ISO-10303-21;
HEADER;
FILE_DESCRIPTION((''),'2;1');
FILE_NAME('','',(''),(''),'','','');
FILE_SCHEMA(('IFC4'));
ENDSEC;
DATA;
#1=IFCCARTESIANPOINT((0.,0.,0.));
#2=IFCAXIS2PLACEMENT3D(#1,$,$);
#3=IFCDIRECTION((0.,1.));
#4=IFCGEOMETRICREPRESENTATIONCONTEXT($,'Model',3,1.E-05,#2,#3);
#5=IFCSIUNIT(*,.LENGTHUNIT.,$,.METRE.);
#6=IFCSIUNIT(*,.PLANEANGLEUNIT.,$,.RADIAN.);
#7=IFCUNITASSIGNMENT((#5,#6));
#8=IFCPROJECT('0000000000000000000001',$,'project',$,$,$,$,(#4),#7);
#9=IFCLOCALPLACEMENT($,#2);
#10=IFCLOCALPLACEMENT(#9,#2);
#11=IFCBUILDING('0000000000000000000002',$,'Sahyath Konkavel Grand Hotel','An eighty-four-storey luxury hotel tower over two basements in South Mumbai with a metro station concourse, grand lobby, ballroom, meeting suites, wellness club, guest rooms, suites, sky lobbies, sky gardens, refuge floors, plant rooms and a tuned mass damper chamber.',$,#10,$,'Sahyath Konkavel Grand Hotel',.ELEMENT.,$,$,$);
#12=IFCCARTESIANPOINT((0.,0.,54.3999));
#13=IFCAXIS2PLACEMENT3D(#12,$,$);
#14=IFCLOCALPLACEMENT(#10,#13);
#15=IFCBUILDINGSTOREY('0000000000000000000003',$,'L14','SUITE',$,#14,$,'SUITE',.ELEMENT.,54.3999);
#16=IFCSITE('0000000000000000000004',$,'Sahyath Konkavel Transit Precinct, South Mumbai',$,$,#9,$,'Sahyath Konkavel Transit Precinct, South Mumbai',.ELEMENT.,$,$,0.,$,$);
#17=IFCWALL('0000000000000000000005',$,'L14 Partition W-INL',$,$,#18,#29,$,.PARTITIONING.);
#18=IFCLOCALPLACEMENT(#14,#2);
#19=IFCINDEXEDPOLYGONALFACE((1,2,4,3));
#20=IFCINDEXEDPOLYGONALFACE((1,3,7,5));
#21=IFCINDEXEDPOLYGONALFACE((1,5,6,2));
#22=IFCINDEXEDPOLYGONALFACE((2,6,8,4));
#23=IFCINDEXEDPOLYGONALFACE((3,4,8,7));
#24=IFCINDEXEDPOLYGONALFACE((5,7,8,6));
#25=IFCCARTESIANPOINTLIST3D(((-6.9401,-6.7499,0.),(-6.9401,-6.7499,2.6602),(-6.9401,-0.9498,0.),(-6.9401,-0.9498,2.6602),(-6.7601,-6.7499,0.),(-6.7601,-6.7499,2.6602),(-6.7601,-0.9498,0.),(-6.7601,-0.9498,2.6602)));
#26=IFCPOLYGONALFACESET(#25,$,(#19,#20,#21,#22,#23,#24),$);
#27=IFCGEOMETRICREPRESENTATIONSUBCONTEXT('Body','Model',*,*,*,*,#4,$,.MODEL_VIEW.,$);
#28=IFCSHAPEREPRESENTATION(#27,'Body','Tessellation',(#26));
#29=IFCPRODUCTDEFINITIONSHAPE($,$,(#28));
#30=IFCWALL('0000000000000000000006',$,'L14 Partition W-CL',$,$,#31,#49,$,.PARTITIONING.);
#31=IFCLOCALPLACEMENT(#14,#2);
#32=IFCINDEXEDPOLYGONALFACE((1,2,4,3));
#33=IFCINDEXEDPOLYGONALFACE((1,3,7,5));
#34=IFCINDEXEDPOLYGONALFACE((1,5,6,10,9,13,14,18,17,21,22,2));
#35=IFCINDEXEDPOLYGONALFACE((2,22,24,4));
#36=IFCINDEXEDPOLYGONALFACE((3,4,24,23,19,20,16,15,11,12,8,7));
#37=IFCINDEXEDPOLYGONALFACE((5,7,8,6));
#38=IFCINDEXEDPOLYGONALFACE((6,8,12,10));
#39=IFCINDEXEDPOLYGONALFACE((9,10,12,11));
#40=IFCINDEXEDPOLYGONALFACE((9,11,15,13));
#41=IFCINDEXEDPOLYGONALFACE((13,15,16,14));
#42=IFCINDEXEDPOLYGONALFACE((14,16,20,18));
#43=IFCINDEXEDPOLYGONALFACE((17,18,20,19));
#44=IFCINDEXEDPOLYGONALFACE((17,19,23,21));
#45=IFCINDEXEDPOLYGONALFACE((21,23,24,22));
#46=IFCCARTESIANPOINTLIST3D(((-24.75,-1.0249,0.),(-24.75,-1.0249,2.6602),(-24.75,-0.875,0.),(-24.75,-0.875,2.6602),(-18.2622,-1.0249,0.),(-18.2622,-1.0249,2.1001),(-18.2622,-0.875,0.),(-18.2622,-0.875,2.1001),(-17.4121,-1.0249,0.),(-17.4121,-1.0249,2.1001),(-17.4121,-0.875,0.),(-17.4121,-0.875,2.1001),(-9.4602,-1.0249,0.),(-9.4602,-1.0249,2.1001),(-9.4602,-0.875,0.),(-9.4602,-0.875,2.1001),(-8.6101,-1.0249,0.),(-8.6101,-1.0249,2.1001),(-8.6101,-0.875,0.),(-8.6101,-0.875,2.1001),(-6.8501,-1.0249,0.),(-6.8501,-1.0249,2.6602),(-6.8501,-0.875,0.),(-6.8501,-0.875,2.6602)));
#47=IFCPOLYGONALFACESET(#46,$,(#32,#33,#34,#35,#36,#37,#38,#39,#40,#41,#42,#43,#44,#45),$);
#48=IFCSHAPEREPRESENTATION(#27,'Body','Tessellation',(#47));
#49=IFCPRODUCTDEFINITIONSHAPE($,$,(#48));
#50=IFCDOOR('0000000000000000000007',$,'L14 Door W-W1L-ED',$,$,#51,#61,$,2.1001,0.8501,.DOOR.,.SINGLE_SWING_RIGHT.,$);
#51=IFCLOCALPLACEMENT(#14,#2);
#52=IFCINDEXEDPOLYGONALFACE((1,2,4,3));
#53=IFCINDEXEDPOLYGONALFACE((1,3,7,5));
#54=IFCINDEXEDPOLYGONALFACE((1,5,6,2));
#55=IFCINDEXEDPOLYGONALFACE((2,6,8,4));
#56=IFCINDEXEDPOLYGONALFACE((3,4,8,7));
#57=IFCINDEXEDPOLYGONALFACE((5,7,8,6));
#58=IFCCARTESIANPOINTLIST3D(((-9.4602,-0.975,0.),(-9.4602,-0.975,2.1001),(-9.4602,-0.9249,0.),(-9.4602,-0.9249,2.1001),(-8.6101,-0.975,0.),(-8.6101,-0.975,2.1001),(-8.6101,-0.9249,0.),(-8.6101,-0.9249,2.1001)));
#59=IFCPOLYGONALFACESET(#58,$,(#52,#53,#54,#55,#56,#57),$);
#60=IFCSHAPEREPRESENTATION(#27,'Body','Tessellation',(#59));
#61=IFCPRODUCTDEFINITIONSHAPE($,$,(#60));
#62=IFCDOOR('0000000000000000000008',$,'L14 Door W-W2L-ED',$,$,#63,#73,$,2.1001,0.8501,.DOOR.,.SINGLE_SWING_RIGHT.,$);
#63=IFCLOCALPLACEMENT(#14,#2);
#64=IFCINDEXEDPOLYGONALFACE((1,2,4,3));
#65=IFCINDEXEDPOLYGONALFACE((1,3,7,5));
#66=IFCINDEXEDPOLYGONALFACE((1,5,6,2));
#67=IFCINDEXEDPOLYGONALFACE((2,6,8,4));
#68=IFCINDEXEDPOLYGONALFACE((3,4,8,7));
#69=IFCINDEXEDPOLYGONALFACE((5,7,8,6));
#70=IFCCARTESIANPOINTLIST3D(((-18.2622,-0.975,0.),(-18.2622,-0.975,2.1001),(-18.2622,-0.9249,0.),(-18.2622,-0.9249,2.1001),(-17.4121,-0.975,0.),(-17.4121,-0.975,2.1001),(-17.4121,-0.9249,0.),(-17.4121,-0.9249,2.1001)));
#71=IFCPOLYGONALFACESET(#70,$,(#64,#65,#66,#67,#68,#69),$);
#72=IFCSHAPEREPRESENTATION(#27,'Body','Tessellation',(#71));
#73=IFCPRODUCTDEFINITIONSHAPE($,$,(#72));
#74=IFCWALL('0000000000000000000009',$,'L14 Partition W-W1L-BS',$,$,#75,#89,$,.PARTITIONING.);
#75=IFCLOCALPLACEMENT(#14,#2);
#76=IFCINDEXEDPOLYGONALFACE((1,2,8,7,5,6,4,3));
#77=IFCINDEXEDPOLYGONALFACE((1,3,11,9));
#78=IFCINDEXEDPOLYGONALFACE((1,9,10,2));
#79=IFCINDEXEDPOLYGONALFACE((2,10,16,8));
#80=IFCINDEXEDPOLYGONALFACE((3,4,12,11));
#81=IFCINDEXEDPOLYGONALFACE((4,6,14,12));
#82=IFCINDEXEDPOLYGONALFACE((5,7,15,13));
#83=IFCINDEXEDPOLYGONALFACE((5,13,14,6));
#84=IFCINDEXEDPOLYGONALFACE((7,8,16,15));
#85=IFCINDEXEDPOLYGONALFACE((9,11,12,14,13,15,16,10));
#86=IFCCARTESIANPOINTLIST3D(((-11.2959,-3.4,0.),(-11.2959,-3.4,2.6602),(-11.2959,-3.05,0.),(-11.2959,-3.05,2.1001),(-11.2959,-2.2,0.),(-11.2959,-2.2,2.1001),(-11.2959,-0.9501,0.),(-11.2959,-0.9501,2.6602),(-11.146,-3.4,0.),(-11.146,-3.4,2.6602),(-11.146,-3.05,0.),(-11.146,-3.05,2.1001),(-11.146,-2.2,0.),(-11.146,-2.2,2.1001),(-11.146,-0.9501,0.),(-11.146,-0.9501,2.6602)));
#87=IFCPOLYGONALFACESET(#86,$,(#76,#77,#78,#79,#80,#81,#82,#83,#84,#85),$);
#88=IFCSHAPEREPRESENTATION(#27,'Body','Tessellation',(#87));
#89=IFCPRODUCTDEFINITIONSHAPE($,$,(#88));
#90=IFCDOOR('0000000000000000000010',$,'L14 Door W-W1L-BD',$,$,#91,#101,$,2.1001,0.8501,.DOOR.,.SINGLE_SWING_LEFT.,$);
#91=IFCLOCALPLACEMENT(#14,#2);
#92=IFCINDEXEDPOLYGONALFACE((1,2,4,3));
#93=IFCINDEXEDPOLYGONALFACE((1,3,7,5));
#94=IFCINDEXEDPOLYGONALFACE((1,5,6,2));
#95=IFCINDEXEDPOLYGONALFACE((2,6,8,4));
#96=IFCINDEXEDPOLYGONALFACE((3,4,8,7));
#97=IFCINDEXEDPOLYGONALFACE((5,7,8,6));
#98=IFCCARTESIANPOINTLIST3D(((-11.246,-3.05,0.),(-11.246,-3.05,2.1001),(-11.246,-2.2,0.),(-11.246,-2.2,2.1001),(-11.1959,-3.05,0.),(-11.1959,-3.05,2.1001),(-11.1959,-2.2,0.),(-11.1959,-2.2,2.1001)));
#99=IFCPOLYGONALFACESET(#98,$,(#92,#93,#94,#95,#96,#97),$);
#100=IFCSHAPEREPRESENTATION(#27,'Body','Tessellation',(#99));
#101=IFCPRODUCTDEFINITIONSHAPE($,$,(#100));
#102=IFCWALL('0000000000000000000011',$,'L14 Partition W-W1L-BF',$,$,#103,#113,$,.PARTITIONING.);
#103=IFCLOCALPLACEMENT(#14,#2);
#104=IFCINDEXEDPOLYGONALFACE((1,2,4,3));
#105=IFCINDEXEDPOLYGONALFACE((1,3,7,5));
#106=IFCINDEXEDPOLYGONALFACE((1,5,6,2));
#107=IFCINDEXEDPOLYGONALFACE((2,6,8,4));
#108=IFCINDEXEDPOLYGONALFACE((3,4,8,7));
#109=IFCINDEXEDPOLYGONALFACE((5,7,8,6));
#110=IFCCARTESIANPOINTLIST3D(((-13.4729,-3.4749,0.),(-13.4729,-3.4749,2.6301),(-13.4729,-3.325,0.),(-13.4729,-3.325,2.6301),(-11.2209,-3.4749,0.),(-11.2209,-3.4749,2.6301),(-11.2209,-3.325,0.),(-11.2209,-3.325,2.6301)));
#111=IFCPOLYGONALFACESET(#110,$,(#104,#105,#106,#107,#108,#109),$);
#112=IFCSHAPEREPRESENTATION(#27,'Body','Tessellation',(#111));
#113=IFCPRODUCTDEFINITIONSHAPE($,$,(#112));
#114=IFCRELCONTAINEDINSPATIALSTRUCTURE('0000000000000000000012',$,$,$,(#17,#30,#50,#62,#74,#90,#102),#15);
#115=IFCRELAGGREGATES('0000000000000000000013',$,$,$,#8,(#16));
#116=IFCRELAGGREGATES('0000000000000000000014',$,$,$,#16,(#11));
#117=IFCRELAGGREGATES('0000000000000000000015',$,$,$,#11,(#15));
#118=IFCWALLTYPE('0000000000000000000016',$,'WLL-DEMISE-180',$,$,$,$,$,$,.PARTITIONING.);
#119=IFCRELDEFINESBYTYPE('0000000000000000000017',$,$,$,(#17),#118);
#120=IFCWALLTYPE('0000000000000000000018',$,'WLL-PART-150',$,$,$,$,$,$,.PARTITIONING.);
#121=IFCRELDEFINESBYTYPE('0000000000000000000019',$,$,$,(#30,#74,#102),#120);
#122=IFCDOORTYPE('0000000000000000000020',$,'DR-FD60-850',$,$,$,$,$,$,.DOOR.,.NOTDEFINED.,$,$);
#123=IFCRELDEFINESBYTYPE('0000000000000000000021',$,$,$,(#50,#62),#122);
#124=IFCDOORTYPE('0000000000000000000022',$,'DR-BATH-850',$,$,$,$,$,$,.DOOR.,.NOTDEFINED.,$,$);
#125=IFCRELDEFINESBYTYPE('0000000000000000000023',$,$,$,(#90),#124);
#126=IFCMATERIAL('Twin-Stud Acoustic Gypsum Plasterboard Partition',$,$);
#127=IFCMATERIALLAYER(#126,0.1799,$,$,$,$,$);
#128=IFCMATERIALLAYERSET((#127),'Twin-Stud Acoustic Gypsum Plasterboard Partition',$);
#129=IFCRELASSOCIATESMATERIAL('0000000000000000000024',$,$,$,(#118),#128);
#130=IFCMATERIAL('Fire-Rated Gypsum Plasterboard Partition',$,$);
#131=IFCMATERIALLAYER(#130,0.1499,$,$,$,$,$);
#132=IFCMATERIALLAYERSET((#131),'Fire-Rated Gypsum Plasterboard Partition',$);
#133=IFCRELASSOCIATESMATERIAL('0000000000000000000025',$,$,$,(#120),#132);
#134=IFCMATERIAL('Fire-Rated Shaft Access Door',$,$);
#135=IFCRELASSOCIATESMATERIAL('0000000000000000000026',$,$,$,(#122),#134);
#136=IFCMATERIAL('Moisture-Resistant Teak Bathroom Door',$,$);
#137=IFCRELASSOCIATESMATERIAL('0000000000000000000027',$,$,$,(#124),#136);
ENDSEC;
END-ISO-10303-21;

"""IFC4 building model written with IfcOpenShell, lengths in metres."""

from ifc_helpers import new_model, si_unit, direction, frame, frame_2d, origin, origin_2d, place, context, subcontext, project, spatial, rectangle, extrude, source, transform, mapped, material, layer, layer_set, type_object, element, fill, save


model = new_model("IFC4")

# Units and contexts
model_context = context("Model", 3, precision=1e-05, world=origin(), true_north=direction((0.0, 1.0)))
body_context = subcontext(model_context, "Body", "Model", "MODEL_VIEW")
ifc_project = project(units=[si_unit("LENGTHUNIT", "METRE"), si_unit("PLANEANGLEUNIT", "RADIAN")], contexts=[model_context])

# Site, building, storey
site_placement = place(None, origin())
site = spatial("IfcSite", under=ifc_project, at=site_placement, Name="Sahyath Konkavel Transit Precinct, South Mumbai", LongName="Sahyath Konkavel Transit Precinct, South Mumbai", CompositionType="ELEMENT", RefElevation=0.0)
building_placement = place(site_placement, origin())
building = spatial("IfcBuilding", under=site, at=building_placement, Name="Sahyath Konkavel Grand Hotel", Description="An eighty-four-storey luxury hotel tower over two basements in South Mumbai with a metro station concourse, grand lobby, ballroom, meeting suites, wellness club, guest rooms, suites, sky lobbies, sky gardens, refuge floors, plant rooms and a tuned mass damper chamber.", LongName="Sahyath Konkavel Grand Hotel", CompositionType="ELEMENT")
storey_placement = place(building_placement, frame((0.0, 0.0, 54.3999)))
storey = spatial("IfcBuildingStorey", under=building, at=storey_placement, Name="L14", Description="SUITE", LongName="SUITE", CompositionType="ELEMENT", Elevation=54.3999)

# Wall
ifc_material_1 = material(Name="Twin-Stud Acoustic Gypsum Plasterboard Partition")
ifc_layer_1 = layer(ifc_material_1, 0.1799)
ifc_layer_set_1 = layer_set([ifc_layer_1], Name="Twin-Stud Acoustic Gypsum Plasterboard Partition")
wall_type_1 = type_object("IfcWallType", Name="WLL-DEMISE-180", PredefinedType="PARTITIONING", material=ifc_layer_set_1)
wall_1_placement = place(storey_placement, frame((-6.8501, -0.95, 0.0), z_axis=(0.0, 0.0, 1.0), x_axis=(0.0, -1.0, 0.0)))
element("IfcWall", 1, at=wall_1_placement, inside=storey, type_object=wall_type_1, Name="L14 Partition W-INL", PredefinedType="PARTITIONING", context=body_context, shape_type="SweptSolid", body=[
    extrude(rectangle(XDim=5.8, YDim=0.1799, at=frame_2d((2.8999, 0.0))), origin(), (0.0, 0.0, 1.0), 2.6602),
])

# Wall, openings, doors
ifc_material_2 = material(Name="Fire-Rated Gypsum Plasterboard Partition")
ifc_layer_2 = layer(ifc_material_2, 0.1499)
ifc_layer_set_2 = layer_set([ifc_layer_2], Name="Fire-Rated Gypsum Plasterboard Partition")
wall_type_2 = type_object("IfcWallType", Name="WLL-PART-150", PredefinedType="PARTITIONING", material=ifc_layer_set_2)
wall_2_placement = place(storey_placement, frame((-6.8501, -0.95, 0.0), z_axis=(0.0, 0.0, 1.0), x_axis=(-1.0, 0.0, 0.0)))
wall_2 = element("IfcWall", 2, at=wall_2_placement, inside=storey, type_object=wall_type_2, Name="L14 Partition W-CL", PredefinedType="PARTITIONING", context=body_context, shape_type="SweptSolid", body=[
    extrude(rectangle(XDim=17.8999, YDim=0.1499, at=frame_2d((8.95, 0.0))), origin(), (0.0, 0.0, 1.0), 2.6602),
])
opening_1_placement = place(wall_2_placement, frame((1.76, 0.0, 0.0)))
opening_1 = element("IfcOpeningElement", 3, at=opening_1_placement, cuts=wall_2, PredefinedType="OPENING", context=body_context, shape_type="SweptSolid", body=[
    extrude(rectangle(XDim=0.8501, YDim=2.1001, at=frame_2d((0.425, 1.05))), frame((0.0, 0.085, 0.0), z_axis=(0.0, -1.0, 0.0), x_axis=(1.0, 0.0, 0.0)), (0.0, 0.0, 1.0), 0.1699),
])
opening_2_placement = place(wall_2_placement, frame((10.562, 0.0, 0.0)))
opening_2 = element("IfcOpeningElement", 4, at=opening_2_placement, cuts=wall_2, PredefinedType="OPENING", context=body_context, shape_type="SweptSolid", body=[
    extrude(rectangle(XDim=0.8501, YDim=2.1001, at=frame_2d((0.425, 1.05))), frame((0.0, 0.085, 0.0), z_axis=(0.0, -1.0, 0.0), x_axis=(1.0, 0.0, 0.0)), (0.0, 0.0, 1.0), 0.1699),
])
ifc_material_3 = material(Name="Fire-Rated Shaft Access Door")
door_type_1 = type_object("IfcDoorType", Name="DR-FD60-850", OperationType="NOTDEFINED", PredefinedType="DOOR", material=ifc_material_3)
shared_shape_1 = source(origin(), body_context, "Body", "SweptSolid", [
    extrude(rectangle(XDim=0.8501, YDim=0.05, at=origin_2d()), origin(), (0.0, 0.0, 1.0), 2.1001),
])
door_1_placement = place(opening_1_placement, frame((0.425, 0.0, 0.0)))
door_1 = element("IfcDoor", 5, at=door_1_placement, inside=storey, type_object=door_type_1, Name="L14 Door W-W1L-ED", OperationType="SINGLE_SWING_RIGHT", OverallHeight=2.1001, OverallWidth=0.8501, PredefinedType="DOOR", context=body_context, shape_type="MappedRepresentation", body=[
    mapped(shared_shape_1, transform((0.0, 0.0, 0.0), scale=1.0)),
])
fill(opening_1, door_1)
door_2_placement = place(opening_2_placement, frame((0.425, 0.0, 0.0)))
door_2 = element("IfcDoor", 6, at=door_2_placement, inside=storey, type_object=door_type_1, Name="L14 Door W-W2L-ED", OperationType="SINGLE_SWING_RIGHT", OverallHeight=2.1001, OverallWidth=0.8501, PredefinedType="DOOR", context=body_context, shape_type="MappedRepresentation", body=[
    mapped(shared_shape_1, transform((0.0, 0.0, 0.0), scale=1.0)),
])
fill(opening_2, door_2)

# Wall, opening, door
wall_3_placement = place(storey_placement, frame((-11.2209, -0.95, 0.0), z_axis=(0.0, 0.0, 1.0), x_axis=(0.0, -1.0, 0.0)))
wall_3 = element("IfcWall", 7, at=wall_3_placement, inside=storey, type_object=wall_type_2, Name="L14 Partition W-W1L-BS", PredefinedType="PARTITIONING", context=body_context, shape_type="SweptSolid", body=[
    extrude(rectangle(XDim=2.45, YDim=0.1499, at=frame_2d((1.2251, 0.0))), origin(), (0.0, 0.0, 1.0), 2.6602),
])
opening_3_placement = place(wall_3_placement, frame((1.25, 0.0, 0.0)))
opening_3 = element("IfcOpeningElement", 8, at=opening_3_placement, cuts=wall_3, PredefinedType="OPENING", context=body_context, shape_type="SweptSolid", body=[
    extrude(rectangle(XDim=0.8501, YDim=2.1001, at=frame_2d((0.425, 1.05))), frame((0.0, 0.085, 0.0), z_axis=(0.0, -1.0, 0.0), x_axis=(1.0, 0.0, 0.0)), (0.0, 0.0, 1.0), 0.1699),
])
ifc_material_4 = material(Name="Moisture-Resistant Teak Bathroom Door")
door_type_2 = type_object("IfcDoorType", Name="DR-BATH-850", OperationType="NOTDEFINED", PredefinedType="DOOR", material=ifc_material_4)
door_3_placement = place(opening_3_placement, frame((0.425, 0.0, 0.0)))
door_3 = element("IfcDoor", 9, at=door_3_placement, inside=storey, type_object=door_type_2, Name="L14 Door W-W1L-BD", OperationType="SINGLE_SWING_LEFT", OverallHeight=2.1001, OverallWidth=0.8501, PredefinedType="DOOR", context=body_context, shape_type="MappedRepresentation", body=[
    mapped(shared_shape_1, transform((0.0, 0.0, 0.0), scale=1.0)),
])
fill(opening_3, door_3)

# Wall
wall_4_placement = place(storey_placement, frame((-11.2209, -3.3999, 0.0), z_axis=(0.0, 0.0, 1.0), x_axis=(-1.0, 0.0, 0.0)))
element("IfcWall", 10, at=wall_4_placement, inside=storey, type_object=wall_type_2, Name="L14 Partition W-W1L-BF", PredefinedType="PARTITIONING", context=body_context, shape_type="SweptSolid", body=[
    extrude(rectangle(XDim=2.252, YDim=0.1499, at=frame_2d((1.126, 0.0))), origin(), (0.0, 0.0, 1.0), 2.6301),
])

save(model, "model.ifc")
